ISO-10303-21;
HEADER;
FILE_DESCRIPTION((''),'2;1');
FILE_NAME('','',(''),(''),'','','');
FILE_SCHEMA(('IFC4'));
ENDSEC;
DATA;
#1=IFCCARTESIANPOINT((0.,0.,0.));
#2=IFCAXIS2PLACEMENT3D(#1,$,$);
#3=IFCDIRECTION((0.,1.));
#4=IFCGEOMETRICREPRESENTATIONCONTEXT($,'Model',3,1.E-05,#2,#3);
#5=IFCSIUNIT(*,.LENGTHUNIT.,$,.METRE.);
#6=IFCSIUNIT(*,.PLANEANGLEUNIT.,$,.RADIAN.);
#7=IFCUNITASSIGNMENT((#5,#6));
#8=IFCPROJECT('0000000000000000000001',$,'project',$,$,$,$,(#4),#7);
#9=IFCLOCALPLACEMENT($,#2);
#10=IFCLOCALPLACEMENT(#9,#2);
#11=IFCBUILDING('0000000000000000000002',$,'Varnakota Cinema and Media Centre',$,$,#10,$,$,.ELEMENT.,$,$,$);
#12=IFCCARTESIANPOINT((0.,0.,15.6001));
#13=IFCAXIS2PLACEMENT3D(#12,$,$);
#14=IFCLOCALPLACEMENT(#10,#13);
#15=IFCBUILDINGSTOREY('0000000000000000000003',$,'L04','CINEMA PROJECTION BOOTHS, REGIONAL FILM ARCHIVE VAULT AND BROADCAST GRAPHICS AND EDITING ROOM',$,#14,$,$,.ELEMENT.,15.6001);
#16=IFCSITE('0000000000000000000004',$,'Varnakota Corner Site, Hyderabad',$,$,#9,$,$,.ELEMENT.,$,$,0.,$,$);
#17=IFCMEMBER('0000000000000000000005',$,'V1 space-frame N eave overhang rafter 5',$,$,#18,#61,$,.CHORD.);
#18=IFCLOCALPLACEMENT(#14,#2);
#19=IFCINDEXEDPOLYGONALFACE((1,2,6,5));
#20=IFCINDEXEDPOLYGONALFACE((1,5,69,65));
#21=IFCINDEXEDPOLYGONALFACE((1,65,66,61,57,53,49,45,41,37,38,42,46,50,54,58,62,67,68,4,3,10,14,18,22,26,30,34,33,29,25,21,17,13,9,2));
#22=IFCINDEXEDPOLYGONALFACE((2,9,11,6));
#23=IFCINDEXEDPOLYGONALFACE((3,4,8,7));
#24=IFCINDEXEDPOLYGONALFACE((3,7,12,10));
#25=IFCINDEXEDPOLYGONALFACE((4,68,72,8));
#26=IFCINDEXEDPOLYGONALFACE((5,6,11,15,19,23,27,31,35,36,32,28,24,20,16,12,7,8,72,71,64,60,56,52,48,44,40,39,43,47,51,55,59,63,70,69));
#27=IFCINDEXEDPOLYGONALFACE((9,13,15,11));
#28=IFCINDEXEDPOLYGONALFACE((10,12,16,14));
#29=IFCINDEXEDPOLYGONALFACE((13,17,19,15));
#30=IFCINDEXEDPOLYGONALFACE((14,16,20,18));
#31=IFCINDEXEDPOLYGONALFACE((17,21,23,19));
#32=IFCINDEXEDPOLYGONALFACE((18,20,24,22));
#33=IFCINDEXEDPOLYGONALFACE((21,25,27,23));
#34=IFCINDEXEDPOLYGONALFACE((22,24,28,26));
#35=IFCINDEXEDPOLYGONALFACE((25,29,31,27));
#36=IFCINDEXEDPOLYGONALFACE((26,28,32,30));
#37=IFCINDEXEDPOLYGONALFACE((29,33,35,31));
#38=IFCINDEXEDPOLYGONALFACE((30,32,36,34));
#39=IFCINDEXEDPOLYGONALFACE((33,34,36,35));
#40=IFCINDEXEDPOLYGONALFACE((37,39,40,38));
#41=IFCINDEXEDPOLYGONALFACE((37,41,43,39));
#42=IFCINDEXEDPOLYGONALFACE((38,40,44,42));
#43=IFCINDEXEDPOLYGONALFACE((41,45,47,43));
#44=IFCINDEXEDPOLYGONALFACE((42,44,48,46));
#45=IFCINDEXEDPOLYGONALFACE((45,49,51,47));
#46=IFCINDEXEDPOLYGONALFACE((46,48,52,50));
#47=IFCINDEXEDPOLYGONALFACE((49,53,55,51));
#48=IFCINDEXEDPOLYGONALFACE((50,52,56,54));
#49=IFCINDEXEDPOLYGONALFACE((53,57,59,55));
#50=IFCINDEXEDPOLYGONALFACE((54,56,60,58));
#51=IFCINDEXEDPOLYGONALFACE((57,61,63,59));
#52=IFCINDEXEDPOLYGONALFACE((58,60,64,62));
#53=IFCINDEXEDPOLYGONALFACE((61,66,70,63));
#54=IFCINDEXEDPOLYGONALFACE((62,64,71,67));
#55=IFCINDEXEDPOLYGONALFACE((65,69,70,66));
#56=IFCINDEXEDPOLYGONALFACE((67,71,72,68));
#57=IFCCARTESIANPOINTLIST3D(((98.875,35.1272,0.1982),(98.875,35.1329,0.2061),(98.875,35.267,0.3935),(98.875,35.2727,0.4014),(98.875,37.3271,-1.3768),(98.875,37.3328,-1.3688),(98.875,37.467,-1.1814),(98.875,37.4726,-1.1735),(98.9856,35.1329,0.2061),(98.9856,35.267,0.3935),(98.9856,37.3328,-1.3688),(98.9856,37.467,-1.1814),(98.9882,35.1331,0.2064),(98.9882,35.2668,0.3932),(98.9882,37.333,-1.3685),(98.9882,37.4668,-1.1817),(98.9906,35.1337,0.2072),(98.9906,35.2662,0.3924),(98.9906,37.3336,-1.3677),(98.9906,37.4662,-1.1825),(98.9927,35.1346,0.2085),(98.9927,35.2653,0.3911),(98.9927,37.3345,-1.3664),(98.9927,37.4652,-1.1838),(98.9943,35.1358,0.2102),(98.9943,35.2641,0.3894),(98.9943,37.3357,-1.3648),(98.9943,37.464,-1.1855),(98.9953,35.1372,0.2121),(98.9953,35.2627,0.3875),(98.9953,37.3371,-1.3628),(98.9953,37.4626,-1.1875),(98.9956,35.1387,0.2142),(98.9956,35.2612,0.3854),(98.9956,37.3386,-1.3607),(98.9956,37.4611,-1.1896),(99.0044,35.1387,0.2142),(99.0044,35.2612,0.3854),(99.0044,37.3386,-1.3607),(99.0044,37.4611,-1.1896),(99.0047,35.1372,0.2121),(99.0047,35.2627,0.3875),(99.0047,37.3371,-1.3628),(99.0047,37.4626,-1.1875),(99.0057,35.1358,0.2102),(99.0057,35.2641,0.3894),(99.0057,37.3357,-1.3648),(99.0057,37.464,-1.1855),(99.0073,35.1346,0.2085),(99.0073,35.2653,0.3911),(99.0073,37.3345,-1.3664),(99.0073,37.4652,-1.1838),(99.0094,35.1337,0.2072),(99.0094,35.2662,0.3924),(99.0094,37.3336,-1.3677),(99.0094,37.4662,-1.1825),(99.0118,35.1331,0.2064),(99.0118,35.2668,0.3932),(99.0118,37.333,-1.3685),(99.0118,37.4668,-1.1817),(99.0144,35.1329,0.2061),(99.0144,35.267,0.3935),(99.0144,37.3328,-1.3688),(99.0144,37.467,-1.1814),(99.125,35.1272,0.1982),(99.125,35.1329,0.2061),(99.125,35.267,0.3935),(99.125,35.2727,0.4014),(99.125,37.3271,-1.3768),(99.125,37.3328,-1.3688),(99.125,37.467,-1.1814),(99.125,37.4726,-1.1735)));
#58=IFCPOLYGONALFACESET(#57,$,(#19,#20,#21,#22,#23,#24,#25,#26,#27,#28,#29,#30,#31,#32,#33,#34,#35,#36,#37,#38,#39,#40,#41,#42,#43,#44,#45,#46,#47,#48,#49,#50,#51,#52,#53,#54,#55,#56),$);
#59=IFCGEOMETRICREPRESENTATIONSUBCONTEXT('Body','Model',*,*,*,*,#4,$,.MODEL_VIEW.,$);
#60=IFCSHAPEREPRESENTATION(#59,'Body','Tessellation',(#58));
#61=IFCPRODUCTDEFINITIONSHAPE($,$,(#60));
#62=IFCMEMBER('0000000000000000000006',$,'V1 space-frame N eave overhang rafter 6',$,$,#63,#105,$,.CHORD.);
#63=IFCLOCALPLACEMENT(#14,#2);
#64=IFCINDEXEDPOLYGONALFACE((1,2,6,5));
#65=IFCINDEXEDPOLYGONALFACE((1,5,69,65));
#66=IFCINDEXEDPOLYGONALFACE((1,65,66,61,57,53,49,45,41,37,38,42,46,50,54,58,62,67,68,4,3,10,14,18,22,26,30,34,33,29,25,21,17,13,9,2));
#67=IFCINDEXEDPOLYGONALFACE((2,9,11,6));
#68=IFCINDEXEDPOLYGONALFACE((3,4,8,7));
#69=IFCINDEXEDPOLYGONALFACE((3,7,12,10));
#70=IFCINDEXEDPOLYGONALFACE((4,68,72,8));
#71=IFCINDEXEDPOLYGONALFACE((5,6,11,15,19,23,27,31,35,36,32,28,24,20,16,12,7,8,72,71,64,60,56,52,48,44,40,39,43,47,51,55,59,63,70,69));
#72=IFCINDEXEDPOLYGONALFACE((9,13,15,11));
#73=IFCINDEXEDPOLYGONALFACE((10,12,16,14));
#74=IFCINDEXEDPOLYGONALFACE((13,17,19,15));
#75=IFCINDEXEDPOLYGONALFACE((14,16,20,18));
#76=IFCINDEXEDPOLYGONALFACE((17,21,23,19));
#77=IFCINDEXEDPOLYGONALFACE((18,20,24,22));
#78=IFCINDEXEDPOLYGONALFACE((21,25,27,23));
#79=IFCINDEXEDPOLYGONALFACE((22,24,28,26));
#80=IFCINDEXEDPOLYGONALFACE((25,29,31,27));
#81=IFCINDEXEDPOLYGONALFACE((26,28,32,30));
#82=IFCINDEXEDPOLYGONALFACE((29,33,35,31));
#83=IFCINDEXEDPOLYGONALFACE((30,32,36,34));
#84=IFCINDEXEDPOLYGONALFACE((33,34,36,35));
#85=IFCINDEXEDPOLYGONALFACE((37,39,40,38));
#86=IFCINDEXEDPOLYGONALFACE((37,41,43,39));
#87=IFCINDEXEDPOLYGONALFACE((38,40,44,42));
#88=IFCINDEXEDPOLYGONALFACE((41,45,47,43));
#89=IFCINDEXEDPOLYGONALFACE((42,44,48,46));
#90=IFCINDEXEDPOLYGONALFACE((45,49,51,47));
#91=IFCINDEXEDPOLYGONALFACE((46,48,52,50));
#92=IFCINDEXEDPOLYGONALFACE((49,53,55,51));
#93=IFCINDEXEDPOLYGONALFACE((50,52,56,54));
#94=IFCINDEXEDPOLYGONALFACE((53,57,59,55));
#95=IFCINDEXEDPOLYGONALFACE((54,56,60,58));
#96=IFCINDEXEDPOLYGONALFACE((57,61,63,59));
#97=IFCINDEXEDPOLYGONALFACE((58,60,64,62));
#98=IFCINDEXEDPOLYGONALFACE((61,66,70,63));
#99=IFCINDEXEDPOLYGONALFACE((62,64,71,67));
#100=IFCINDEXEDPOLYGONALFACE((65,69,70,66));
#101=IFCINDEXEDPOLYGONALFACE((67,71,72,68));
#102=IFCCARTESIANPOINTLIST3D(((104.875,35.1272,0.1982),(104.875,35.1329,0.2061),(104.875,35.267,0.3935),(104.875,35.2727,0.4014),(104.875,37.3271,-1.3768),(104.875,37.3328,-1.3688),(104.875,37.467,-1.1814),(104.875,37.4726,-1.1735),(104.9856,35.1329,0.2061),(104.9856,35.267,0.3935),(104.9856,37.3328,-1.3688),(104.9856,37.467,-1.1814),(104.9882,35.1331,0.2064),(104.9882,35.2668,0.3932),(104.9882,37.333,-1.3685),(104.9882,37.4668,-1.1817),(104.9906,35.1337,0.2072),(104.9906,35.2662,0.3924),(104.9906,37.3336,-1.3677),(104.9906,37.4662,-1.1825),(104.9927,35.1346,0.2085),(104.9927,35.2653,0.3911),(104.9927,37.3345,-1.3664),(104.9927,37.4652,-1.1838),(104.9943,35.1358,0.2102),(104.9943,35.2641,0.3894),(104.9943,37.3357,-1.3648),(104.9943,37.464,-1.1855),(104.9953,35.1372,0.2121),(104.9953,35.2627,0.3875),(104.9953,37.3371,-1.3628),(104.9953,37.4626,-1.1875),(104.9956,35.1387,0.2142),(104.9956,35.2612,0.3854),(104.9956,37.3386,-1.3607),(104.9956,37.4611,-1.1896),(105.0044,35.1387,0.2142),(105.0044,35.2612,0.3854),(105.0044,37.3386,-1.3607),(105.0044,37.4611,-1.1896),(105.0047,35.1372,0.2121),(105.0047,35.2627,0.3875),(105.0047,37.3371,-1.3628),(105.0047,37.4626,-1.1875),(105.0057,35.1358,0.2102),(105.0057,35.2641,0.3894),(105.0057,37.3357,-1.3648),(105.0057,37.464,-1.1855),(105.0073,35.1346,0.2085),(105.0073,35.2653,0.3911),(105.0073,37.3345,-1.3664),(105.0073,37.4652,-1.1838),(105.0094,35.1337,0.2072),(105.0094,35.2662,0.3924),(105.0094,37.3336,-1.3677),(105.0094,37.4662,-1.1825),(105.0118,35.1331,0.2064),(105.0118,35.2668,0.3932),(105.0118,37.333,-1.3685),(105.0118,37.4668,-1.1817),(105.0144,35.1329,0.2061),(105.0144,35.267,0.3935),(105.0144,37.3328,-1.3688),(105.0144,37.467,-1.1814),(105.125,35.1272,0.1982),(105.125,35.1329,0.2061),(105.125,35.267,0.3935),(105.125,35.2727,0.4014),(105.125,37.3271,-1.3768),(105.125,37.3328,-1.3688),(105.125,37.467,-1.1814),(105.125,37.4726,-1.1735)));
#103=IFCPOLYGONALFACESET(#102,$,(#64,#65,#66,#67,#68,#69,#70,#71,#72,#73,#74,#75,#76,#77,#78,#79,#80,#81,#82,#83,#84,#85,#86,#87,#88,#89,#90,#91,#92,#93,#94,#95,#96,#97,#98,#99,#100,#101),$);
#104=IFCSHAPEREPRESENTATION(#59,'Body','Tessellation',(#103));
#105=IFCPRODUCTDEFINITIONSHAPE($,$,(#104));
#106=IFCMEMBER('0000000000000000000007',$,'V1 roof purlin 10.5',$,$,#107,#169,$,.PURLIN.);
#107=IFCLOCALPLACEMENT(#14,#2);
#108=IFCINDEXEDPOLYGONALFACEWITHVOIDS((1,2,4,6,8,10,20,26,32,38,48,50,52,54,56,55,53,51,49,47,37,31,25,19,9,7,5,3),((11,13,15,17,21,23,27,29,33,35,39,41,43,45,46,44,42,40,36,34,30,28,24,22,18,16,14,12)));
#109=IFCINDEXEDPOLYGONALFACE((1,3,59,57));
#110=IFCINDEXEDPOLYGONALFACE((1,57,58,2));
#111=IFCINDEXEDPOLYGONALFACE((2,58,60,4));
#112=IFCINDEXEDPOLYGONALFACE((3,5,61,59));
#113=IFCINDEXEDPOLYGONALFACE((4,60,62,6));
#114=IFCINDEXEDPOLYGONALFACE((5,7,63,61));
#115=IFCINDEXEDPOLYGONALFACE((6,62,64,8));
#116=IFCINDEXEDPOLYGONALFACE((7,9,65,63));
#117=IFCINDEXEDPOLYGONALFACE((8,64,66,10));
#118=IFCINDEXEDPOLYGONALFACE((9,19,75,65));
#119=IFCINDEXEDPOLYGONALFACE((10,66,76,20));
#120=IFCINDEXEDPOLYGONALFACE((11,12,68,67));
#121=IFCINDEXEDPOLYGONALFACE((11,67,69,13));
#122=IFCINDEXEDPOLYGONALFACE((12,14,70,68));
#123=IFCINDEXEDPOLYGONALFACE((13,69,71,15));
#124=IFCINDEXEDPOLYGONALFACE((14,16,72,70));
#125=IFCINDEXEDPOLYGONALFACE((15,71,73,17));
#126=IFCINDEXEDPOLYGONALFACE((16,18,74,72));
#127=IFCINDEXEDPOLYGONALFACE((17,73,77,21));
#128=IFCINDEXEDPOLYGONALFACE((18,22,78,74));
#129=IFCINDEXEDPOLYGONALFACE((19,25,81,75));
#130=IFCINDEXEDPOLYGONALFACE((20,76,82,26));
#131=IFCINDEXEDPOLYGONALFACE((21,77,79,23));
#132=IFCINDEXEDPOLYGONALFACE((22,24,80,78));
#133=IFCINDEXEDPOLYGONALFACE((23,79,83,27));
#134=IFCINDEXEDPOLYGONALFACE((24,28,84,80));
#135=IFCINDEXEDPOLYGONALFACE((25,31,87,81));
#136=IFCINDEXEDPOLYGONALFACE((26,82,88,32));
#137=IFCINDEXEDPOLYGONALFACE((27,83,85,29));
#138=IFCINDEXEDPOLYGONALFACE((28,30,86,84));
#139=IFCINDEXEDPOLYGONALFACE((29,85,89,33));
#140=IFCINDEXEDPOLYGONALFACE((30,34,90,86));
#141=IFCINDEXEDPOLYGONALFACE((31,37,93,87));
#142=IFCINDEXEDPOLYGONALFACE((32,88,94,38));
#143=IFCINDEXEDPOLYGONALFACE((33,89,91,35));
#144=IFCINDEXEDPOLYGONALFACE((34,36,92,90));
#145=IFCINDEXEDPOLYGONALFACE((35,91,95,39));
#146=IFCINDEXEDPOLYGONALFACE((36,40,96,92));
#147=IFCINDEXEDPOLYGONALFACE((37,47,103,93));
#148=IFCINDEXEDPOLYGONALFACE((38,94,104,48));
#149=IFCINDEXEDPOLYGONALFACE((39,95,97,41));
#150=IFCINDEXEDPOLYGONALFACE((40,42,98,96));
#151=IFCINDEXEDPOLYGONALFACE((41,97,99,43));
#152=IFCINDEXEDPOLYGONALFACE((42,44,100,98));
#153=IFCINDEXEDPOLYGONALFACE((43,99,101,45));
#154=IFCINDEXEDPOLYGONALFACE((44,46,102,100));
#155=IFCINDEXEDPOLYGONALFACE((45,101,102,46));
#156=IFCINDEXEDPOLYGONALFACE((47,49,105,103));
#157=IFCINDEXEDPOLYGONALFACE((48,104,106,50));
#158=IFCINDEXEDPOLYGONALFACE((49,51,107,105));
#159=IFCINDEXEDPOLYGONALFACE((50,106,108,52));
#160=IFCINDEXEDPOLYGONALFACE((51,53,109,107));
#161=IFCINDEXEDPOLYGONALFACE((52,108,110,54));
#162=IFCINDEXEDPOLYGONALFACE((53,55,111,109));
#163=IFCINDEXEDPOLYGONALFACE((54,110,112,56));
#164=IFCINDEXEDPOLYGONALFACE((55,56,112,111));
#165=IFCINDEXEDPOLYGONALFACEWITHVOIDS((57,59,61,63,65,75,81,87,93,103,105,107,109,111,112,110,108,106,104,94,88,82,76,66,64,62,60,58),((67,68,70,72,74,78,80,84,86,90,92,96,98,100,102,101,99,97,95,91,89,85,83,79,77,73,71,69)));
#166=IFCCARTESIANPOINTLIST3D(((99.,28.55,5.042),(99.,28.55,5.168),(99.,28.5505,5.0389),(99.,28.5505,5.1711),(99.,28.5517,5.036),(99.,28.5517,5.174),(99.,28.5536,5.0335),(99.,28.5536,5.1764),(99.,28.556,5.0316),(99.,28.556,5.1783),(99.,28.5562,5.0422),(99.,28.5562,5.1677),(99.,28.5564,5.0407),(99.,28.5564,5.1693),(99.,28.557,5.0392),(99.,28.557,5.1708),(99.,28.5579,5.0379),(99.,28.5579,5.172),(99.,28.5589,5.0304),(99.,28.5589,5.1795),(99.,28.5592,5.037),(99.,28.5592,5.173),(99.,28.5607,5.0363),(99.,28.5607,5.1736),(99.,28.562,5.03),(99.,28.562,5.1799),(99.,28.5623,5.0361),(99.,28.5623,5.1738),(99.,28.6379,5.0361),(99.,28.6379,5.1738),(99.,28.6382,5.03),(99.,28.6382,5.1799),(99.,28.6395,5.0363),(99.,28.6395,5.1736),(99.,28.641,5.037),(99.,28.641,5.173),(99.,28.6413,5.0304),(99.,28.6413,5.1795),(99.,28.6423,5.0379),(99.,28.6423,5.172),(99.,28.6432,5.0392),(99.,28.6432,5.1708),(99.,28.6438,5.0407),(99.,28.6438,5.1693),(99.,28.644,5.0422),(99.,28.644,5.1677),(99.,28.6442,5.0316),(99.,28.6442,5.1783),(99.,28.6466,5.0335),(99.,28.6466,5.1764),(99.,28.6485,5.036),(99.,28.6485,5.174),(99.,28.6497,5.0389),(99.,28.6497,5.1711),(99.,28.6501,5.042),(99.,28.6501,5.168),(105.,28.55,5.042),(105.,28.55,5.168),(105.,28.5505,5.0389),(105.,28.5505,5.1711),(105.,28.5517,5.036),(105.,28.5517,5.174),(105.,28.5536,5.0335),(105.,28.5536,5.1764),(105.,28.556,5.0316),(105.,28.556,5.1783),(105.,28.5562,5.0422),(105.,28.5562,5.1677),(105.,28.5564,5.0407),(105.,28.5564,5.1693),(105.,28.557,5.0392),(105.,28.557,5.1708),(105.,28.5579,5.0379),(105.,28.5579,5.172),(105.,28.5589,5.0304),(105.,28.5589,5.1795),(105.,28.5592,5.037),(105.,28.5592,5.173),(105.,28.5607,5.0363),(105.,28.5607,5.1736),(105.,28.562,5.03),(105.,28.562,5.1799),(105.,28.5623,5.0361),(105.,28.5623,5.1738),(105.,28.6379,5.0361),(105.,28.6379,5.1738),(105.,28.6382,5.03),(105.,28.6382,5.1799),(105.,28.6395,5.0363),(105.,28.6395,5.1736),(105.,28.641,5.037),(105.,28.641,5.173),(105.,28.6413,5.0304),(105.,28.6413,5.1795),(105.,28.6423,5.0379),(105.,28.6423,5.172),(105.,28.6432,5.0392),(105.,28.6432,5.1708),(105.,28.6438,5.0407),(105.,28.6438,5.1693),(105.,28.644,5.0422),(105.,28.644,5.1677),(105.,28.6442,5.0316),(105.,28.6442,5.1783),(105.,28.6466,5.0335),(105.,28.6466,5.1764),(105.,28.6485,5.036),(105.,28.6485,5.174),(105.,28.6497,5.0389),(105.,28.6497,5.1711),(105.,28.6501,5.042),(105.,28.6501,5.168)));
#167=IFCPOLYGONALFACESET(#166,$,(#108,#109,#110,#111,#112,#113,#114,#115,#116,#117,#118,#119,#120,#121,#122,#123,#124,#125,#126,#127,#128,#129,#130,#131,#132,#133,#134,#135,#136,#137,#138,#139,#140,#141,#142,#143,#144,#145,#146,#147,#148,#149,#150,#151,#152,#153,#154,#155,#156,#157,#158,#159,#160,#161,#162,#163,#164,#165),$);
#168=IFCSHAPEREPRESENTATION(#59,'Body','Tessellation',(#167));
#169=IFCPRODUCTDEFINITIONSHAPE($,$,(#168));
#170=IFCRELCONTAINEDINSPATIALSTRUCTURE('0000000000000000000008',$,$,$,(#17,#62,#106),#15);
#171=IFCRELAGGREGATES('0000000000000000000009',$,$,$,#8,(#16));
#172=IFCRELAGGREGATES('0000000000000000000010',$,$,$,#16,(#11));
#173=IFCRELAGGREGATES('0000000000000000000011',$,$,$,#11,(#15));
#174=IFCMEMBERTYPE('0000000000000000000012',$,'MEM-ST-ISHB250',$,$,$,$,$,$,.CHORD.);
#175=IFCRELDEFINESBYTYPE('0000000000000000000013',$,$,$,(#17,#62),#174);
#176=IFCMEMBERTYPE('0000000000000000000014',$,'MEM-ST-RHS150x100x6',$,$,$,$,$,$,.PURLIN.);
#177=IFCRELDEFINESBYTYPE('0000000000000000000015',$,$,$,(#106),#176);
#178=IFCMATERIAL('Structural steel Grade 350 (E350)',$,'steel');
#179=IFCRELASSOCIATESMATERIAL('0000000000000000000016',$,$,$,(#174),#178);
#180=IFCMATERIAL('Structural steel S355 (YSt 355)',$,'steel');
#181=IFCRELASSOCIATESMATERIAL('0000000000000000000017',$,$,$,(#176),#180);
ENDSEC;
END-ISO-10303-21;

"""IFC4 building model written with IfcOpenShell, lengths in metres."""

from ifc_helpers import new_model, si_unit, direction, frame, origin, origin_2d, place, context, subcontext, project, spatial, hollow_rectangle, i_section, extrude, material, material_profile, profile_set, type_object, element, save


model = new_model("IFC4")

# Units and contexts
model_context = context("Model", 3, precision=1e-05, world=origin(), true_north=direction((0.0, 1.0)))
body_context = subcontext(model_context, "Body", "Model", "MODEL_VIEW")
ifc_project = project(units=[si_unit("LENGTHUNIT", "METRE"), si_unit("PLANEANGLEUNIT", "RADIAN")], contexts=[model_context])

# Site, building, storey
site_placement = place(None, origin())
site = spatial("IfcSite", under=ifc_project, at=site_placement, Name="Varnakota Corner Site, Hyderabad", CompositionType="ELEMENT", RefElevation=0.0)
building_placement = place(site_placement, origin())
building = spatial("IfcBuilding", under=site, at=building_placement, Name="Varnakota Cinema and Media Centre", CompositionType="ELEMENT")
storey_placement = place(building_placement, frame((0.0, 0.0, 15.6001)))
storey = spatial("IfcBuildingStorey", under=building, at=storey_placement, Name="L04", Description="CINEMA PROJECTION BOOTHS, REGIONAL FILM ARCHIVE VAULT AND BROADCAST GRAPHICS AND EDITING ROOM", CompositionType="ELEMENT", Elevation=15.6001)

# Members
ifc_material_1 = material(Name="Structural steel Grade 350 (E350)", Category="steel")
ifc_material_profile_1 = material_profile(ifc_material_1, i_section(OverallWidth=0.25, OverallDepth=0.25, WebThickness=0.0088, FlangeThickness=0.0098, FilletRadius=0.01, at=origin_2d()), Name="ISHB 250")
ifc_profile_set_1 = profile_set([ifc_material_profile_1], Name="Structural steel Grade 350 (E350)")
member_type_1 = type_object("IfcMemberType", Name="MEM-ST-ISHB250", PredefinedType="CHORD", material=ifc_profile_set_1)
for number, where, z_axis, x_axis, name in (
    (1, (99.0, 35.2, 0.2998), (0.0, 0.813111, -0.582109), (-1.0, 0.0, 0.0), "V1 space-frame N eave overhang rafter 5"),
    (2, (105.0, 35.2, 0.2998), (0.0, 0.813111, -0.582109), (-1.0, 0.0, 0.0), "V1 space-frame N eave overhang rafter 6"),
):
    element("IfcMember", number, at=place(storey_placement, frame(where, z_axis=z_axis, x_axis=x_axis)), inside=storey, type_object=member_type_1, Name=name, PredefinedType="CHORD", context=body_context, shape_type="SweptSolid", body=[
        extrude(i_section(OverallWidth=0.25, OverallDepth=0.25, WebThickness=0.0088, FlangeThickness=0.0098, FilletRadius=0.01, at=origin_2d()), origin(), (0.0, 0.0, 1.0), 2.7056),
    ])
ifc_material_2 = material(Name="Structural steel S355 (YSt 355)", Category="steel")
ifc_material_profile_2 = material_profile(ifc_material_2, hollow_rectangle(XDim=0.1001, YDim=0.1499, WallThickness=0.0061, InnerFilletRadius=0.0061, OuterFilletRadius=0.012, at=origin_2d()), Name="RHS 150x100x6")
ifc_profile_set_2 = profile_set([ifc_material_profile_2], Name="Structural steel S355 (YSt 355)")
member_type_2 = type_object("IfcMemberType", Name="MEM-ST-RHS150x100x6", PredefinedType="PURLIN", material=ifc_profile_set_2)
for number, where, z_axis, x_axis, name in (
    (3, (99.0, 28.6001, 5.105), (1.0, 0.0, 0.0), (0.0, 1.0, 0.0), "V1 roof purlin 10.5"),
):
    element("IfcMember", number, at=place(storey_placement, frame(where, z_axis=z_axis, x_axis=x_axis)), inside=storey, type_object=member_type_2, Name=name, PredefinedType="PURLIN", context=body_context, shape_type="SweptSolid", body=[
        extrude(hollow_rectangle(XDim=0.1001, YDim=0.1499, WallThickness=0.0061, InnerFilletRadius=0.0061, OuterFilletRadius=0.012, at=origin_2d()), origin(), (0.0, 0.0, 1.0), 6.0),
    ])

save(model, "model.ifc")
